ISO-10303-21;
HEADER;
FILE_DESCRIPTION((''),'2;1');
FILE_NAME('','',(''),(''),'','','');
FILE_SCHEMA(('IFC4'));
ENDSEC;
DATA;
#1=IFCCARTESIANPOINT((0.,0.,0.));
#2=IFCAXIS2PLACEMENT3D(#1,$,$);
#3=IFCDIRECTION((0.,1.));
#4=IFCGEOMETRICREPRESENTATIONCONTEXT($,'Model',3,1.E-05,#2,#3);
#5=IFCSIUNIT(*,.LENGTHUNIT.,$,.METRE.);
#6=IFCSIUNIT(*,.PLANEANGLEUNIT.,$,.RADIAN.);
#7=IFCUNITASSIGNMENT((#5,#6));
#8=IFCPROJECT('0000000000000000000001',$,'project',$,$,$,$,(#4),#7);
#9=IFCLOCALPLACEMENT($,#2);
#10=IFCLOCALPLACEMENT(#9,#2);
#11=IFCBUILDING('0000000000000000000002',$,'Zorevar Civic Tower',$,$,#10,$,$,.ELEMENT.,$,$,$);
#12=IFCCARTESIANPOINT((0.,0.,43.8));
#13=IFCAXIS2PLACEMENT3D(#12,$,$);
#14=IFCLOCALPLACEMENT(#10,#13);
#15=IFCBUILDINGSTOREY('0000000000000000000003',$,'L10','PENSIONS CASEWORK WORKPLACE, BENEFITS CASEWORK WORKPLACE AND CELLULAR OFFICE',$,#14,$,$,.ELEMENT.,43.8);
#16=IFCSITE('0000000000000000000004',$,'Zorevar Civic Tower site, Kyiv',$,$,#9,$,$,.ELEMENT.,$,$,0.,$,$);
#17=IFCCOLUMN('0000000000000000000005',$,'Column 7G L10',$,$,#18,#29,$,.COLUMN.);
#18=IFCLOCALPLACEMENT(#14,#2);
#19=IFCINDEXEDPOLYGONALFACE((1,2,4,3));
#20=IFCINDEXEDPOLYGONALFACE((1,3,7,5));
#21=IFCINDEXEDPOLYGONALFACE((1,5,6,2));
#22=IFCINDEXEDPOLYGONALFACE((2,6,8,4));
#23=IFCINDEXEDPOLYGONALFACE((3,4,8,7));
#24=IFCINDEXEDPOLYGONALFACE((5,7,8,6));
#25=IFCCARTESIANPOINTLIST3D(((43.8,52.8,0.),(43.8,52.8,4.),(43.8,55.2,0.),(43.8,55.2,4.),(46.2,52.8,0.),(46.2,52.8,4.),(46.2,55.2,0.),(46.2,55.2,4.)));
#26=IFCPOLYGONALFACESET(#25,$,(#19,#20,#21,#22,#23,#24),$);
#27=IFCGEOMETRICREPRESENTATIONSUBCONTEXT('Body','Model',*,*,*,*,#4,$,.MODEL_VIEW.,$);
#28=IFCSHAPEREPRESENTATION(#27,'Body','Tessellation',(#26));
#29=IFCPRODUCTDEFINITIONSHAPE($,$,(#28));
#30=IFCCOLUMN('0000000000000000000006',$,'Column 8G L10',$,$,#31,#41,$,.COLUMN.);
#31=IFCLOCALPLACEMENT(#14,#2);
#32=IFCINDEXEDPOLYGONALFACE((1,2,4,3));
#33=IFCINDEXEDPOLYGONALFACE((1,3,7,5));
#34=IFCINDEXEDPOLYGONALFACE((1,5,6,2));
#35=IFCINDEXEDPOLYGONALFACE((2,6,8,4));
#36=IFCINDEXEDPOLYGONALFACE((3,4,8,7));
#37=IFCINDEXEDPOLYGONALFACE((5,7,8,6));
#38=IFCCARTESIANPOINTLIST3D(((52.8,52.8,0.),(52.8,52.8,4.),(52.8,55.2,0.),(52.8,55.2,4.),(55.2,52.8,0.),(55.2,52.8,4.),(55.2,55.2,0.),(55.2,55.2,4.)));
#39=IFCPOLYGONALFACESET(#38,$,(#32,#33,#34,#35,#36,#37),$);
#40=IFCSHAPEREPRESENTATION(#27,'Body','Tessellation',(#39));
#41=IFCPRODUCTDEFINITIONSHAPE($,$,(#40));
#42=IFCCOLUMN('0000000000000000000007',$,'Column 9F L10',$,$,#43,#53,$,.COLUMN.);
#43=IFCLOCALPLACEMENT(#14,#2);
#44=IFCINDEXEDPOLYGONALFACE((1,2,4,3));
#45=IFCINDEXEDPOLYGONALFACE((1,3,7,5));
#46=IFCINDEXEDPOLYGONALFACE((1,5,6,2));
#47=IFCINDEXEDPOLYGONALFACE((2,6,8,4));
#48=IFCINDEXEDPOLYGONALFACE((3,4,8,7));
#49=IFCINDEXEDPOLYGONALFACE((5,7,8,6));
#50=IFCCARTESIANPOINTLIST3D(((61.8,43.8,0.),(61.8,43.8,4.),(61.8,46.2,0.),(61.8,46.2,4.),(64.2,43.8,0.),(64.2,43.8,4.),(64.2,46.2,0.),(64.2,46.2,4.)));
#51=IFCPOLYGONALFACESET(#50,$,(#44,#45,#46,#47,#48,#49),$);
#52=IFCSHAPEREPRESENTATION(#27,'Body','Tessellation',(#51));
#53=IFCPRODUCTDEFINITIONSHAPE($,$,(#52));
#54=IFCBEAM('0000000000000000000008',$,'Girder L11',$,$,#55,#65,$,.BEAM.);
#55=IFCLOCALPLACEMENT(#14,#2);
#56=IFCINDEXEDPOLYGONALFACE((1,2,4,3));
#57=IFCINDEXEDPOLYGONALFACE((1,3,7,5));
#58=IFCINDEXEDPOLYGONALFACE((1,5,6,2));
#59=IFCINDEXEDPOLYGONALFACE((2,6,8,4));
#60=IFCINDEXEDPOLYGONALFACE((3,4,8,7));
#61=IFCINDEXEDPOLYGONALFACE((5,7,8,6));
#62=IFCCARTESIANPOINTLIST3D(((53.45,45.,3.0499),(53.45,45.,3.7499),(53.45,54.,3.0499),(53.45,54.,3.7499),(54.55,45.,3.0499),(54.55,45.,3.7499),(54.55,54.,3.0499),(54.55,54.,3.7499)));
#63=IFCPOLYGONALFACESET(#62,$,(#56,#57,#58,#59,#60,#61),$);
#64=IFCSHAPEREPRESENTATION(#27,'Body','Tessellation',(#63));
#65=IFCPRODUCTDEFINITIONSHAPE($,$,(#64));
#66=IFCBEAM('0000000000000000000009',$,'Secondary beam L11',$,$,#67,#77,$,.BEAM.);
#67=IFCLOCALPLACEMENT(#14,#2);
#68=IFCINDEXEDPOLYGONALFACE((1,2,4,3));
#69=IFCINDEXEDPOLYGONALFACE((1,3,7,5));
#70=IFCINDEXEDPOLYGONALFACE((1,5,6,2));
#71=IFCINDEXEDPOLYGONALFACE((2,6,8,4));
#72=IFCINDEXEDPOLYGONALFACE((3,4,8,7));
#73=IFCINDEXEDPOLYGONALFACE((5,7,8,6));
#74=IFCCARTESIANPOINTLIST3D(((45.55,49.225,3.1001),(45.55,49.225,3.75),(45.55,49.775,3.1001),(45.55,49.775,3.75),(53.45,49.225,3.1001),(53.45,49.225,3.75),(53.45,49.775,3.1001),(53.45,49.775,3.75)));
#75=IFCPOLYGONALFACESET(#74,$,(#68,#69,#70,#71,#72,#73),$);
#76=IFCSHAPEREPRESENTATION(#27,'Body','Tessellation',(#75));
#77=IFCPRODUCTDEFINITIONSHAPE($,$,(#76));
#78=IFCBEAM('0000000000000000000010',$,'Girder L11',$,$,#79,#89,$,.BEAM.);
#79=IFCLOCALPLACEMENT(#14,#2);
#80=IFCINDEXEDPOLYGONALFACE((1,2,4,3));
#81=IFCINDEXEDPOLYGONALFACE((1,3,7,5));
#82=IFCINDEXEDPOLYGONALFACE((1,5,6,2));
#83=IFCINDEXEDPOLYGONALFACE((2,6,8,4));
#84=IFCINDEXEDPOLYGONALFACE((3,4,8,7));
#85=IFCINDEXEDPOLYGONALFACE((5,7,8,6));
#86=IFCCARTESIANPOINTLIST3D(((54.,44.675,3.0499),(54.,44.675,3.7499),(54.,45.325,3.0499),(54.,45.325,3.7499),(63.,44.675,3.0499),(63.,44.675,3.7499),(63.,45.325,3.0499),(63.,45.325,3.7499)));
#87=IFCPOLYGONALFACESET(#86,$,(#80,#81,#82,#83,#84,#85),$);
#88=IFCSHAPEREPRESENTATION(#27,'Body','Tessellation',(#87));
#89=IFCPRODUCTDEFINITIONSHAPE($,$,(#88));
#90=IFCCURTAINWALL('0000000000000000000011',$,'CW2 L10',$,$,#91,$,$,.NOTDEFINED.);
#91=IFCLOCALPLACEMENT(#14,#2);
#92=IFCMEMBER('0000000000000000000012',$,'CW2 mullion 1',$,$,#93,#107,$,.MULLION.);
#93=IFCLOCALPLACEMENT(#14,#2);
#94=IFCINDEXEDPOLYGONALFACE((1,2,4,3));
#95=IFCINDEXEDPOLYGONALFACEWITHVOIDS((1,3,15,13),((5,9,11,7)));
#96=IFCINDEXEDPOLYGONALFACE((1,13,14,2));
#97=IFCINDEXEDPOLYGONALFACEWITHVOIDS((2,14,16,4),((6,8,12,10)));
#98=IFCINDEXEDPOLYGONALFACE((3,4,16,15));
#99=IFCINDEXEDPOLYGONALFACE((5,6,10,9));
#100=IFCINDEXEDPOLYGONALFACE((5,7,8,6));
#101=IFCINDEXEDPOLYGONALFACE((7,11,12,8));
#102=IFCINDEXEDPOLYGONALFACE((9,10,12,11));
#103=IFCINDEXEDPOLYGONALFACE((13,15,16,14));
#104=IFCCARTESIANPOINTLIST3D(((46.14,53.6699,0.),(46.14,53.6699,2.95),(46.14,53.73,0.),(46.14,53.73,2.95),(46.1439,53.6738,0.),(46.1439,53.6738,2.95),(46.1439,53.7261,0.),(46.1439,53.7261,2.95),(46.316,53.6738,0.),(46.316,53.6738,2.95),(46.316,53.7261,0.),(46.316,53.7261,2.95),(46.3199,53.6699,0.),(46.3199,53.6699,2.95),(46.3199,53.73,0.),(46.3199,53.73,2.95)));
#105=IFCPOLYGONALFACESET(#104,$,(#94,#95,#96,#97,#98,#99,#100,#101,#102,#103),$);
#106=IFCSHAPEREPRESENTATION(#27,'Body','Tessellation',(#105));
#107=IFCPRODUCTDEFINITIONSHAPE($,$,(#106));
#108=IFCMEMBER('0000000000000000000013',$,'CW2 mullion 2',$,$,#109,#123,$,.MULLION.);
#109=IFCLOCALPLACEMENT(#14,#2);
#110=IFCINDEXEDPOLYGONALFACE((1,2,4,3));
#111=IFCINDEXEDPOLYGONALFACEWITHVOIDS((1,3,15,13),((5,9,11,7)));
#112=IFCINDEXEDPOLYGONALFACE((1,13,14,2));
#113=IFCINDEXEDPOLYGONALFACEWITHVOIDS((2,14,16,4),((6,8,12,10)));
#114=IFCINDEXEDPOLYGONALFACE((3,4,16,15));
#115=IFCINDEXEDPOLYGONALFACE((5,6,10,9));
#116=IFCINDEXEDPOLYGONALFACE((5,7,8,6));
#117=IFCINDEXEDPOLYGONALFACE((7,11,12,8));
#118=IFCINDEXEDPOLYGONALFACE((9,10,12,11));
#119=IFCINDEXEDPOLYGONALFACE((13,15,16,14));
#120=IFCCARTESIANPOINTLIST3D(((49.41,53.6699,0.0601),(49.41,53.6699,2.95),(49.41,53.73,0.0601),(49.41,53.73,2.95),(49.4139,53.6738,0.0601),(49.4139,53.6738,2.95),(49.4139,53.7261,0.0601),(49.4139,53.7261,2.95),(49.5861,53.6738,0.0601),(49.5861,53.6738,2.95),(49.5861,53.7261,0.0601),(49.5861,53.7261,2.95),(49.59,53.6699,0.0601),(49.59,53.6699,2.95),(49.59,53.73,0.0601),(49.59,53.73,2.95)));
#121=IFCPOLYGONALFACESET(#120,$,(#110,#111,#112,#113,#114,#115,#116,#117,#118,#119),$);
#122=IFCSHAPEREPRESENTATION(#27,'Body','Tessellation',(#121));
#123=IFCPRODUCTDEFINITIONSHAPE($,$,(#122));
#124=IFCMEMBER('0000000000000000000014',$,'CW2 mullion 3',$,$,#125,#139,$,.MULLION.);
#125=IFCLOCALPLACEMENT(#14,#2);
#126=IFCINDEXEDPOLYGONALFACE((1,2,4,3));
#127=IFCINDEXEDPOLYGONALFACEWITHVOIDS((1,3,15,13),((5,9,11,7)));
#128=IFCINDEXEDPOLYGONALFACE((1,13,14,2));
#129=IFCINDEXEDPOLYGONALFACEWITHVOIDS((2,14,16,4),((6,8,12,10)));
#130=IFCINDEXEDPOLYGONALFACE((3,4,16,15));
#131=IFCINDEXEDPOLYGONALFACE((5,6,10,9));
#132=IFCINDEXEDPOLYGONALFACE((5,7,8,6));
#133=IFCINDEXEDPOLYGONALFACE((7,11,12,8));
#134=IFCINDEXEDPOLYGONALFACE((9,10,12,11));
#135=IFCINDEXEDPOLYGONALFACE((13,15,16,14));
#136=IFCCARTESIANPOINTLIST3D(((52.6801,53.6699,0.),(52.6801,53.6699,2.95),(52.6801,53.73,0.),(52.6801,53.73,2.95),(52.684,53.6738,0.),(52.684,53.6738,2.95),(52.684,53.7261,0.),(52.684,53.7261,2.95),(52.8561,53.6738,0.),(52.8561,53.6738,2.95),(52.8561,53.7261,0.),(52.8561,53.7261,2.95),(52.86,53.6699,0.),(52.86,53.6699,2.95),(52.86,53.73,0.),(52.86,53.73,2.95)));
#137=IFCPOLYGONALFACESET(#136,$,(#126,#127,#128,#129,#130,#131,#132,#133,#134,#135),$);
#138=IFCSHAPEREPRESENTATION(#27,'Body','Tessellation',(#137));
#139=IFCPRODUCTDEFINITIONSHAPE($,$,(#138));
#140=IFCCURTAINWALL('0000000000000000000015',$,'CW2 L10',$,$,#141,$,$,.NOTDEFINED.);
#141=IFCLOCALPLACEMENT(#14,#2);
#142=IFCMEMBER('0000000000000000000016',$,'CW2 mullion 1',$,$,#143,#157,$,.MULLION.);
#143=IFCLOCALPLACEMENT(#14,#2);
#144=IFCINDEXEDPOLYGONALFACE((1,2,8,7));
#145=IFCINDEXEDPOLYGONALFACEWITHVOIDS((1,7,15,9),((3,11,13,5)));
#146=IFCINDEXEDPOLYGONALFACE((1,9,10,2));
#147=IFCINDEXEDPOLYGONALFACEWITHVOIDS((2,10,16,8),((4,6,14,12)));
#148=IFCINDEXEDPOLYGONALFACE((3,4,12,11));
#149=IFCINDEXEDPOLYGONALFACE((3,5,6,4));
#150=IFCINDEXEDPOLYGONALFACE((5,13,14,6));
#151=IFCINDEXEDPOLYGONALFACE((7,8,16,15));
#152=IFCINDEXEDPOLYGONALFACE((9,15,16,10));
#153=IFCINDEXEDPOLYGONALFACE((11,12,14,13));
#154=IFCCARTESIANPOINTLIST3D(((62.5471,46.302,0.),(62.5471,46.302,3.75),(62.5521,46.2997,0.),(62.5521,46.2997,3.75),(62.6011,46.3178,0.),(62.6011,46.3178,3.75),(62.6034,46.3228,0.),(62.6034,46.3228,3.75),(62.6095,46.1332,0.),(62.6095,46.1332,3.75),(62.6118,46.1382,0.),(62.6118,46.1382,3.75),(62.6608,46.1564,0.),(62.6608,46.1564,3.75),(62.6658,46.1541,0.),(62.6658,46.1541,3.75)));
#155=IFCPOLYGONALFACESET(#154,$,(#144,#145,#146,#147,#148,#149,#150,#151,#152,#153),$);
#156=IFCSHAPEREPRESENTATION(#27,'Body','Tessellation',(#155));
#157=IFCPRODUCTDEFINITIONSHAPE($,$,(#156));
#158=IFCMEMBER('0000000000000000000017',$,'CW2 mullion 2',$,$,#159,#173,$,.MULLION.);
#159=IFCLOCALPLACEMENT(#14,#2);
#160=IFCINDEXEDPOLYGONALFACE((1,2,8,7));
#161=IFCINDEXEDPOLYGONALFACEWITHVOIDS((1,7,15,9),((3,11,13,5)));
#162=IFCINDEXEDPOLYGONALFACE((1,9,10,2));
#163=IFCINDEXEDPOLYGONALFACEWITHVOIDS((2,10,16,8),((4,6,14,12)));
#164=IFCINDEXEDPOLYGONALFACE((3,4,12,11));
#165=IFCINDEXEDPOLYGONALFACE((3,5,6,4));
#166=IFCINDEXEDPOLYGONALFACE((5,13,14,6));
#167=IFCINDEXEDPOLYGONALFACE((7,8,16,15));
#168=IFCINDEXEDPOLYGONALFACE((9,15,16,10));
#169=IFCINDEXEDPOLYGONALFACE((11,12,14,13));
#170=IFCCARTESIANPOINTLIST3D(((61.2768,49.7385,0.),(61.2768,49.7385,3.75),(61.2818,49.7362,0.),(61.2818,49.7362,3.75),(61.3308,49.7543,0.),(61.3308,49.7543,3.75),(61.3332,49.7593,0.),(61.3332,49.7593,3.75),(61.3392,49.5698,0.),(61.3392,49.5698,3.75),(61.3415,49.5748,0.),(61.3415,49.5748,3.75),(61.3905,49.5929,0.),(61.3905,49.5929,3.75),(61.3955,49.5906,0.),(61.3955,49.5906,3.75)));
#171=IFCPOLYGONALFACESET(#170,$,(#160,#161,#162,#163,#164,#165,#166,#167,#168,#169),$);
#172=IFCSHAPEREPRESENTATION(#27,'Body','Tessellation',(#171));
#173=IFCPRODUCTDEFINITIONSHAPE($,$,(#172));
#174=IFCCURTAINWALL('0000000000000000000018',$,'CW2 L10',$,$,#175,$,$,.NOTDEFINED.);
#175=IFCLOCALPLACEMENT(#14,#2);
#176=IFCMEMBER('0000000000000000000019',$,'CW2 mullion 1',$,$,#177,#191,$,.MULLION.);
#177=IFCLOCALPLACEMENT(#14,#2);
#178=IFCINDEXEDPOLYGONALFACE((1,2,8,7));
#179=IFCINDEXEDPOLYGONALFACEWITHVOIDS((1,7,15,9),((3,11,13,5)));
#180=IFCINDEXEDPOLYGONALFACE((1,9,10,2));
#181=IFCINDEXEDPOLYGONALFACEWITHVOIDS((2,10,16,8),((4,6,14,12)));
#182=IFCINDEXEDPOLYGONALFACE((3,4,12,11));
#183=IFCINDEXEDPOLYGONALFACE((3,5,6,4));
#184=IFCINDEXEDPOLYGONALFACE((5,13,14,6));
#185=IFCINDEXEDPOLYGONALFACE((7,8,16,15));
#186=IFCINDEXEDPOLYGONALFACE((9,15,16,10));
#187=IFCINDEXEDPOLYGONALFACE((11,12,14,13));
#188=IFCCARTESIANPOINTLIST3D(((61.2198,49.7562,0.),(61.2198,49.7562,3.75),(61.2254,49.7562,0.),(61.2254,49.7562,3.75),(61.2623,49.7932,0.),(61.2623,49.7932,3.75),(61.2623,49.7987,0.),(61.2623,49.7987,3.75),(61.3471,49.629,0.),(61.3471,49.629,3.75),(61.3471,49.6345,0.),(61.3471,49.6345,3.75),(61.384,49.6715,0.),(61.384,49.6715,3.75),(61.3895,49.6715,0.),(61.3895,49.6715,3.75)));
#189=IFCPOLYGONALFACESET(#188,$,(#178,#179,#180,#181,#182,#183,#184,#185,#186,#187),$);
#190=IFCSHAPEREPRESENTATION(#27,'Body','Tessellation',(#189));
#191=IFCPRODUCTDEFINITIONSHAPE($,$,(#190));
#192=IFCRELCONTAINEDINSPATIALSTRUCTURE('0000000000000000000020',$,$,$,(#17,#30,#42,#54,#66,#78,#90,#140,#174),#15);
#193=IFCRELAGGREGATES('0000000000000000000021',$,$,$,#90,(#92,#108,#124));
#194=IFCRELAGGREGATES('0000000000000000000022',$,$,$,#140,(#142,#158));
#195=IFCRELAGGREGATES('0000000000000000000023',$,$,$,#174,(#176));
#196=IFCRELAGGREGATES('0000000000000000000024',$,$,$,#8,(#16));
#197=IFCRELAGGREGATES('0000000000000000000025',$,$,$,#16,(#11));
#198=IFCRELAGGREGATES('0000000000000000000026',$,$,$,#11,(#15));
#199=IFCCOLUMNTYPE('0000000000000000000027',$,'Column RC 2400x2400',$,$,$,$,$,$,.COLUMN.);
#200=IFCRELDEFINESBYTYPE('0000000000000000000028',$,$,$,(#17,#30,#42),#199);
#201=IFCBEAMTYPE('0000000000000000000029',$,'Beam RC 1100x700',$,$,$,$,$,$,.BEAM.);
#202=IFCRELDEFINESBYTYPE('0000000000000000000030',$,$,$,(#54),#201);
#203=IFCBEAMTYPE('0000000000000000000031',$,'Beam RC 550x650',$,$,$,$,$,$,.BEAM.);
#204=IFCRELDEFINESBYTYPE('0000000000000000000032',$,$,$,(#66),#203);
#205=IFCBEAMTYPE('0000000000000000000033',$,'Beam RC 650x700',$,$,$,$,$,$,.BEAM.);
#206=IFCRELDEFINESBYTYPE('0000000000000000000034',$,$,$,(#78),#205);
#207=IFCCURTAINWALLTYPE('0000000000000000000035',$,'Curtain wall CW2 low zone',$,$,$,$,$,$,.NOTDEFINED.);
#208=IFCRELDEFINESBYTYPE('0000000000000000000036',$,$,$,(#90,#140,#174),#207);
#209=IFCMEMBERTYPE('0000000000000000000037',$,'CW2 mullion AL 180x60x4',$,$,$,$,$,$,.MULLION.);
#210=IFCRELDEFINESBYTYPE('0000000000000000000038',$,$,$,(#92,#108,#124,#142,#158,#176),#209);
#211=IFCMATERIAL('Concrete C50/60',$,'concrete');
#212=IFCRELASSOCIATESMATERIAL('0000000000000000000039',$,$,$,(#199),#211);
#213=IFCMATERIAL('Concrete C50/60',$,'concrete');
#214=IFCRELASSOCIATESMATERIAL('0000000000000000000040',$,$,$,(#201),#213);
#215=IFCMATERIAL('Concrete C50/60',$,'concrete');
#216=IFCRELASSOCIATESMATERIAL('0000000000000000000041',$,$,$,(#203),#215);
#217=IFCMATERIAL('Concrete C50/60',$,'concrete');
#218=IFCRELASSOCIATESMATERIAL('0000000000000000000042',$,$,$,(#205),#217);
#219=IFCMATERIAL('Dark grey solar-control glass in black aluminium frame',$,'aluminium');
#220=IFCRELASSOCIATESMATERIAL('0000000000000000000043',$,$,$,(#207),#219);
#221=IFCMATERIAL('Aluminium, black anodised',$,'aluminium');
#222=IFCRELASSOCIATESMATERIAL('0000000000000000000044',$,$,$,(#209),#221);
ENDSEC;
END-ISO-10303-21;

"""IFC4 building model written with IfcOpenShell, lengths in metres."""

from ifc_helpers import new_model, si_unit, direction, frame, origin, origin_2d, place, context, subcontext, project, spatial, rectangle, hollow_rectangle, extrude, material, material_profile, profile_set, type_object, element, aggregate, save


model = new_model("IFC4")

# Units and contexts
model_context = context("Model", 3, precision=1e-05, world=origin(), true_north=direction((0.0, 1.0)))
body_context = subcontext(model_context, "Body", "Model", "MODEL_VIEW")
ifc_project = project(units=[si_unit("LENGTHUNIT", "METRE"), si_unit("PLANEANGLEUNIT", "RADIAN")], contexts=[model_context])

# Site, building, storey
site_placement = place(None, origin())
site = spatial("IfcSite", under=ifc_project, at=site_placement, Name="Zorevar Civic Tower site, Kyiv", CompositionType="ELEMENT", RefElevation=0.0)
building_placement = place(site_placement, origin())
building = spatial("IfcBuilding", under=site, at=building_placement, Name="Zorevar Civic Tower", CompositionType="ELEMENT")
storey_placement = place(building_placement, frame((0.0, 0.0, 43.8)))
storey = spatial("IfcBuildingStorey", under=building, at=storey_placement, Name="L10", Description="PENSIONS CASEWORK WORKPLACE, BENEFITS CASEWORK WORKPLACE AND CELLULAR OFFICE", CompositionType="ELEMENT", Elevation=43.8)

# Columns
ifc_material_1 = material(Name="Concrete C50/60", Category="concrete")
ifc_material_profile_1 = material_profile(ifc_material_1, rectangle(XDim=2.3999, YDim=2.3999, at=origin_2d()), Name="RC 2400x2400")
ifc_profile_set_1 = profile_set([ifc_material_profile_1], Name="Concrete C50/60")
column_type = type_object("IfcColumnType", Name="Column RC 2400x2400", PredefinedType="COLUMN", material=ifc_profile_set_1)
for number, where, z_axis, x_axis, name in (
    (1, (45.0, 54.0, 0.0), (0.0, 0.0, 1.0), (1.0, 0.0, 0.0), "Column 7G L10"),
    (2, (54.0, 54.0, 0.0), (0.0, 0.0, 1.0), (1.0, 0.0, 0.0), "Column 8G L10"),
    (3, (63.0, 45.0, 0.0), (0.0, 0.0, 1.0), (1.0, 0.0, 0.0), "Column 9F L10"),
):
    element("IfcColumn", number, at=place(storey_placement, frame(where, z_axis=z_axis, x_axis=x_axis)), inside=storey, type_object=column_type, Name=name, PredefinedType="COLUMN", context=body_context, shape_type="SweptSolid", body=[
        extrude(rectangle(XDim=2.3999, YDim=2.3999, at=origin_2d()), origin(), (0.0, 0.0, 1.0), 4.0),
    ])

# Beams
ifc_material_2 = material(Name="Concrete C50/60", Category="concrete")
ifc_material_profile_2 = material_profile(ifc_material_2, rectangle(XDim=1.1001, YDim=0.7, at=origin_2d()), Name="RC 1100x700")
ifc_profile_set_2 = profile_set([ifc_material_profile_2], Name="Concrete C50/60")
beam_type_1 = type_object("IfcBeamType", Name="Beam RC 1100x700", PredefinedType="BEAM", material=ifc_profile_set_2)
beam_1_placement = place(storey_placement, frame((54.0, 45.0, 3.3999), z_axis=(0.0, 1.0, 0.0), x_axis=(-1.0, 0.0, 0.0)))
element("IfcBeam", 4, at=beam_1_placement, inside=storey, type_object=beam_type_1, Name="Girder L11", PredefinedType="BEAM", context=body_context, shape_type="SweptSolid", body=[
    extrude(rectangle(XDim=1.1001, YDim=0.7, at=origin_2d()), origin(), (0.0, 0.0, 1.0), 9.0),
])
ifc_material_3 = material(Name="Concrete C50/60", Category="concrete")
ifc_material_profile_3 = material_profile(ifc_material_3, rectangle(XDim=0.55, YDim=0.6499, at=origin_2d()), Name="RC 550x650")
ifc_profile_set_3 = profile_set([ifc_material_profile_3], Name="Concrete C50/60")
beam_type_2 = type_object("IfcBeamType", Name="Beam RC 550x650", PredefinedType="BEAM", material=ifc_profile_set_3)
beam_2_placement = place(storey_placement, frame((45.55, 49.5, 3.425), z_axis=(1.0, 0.0, 0.0), x_axis=(0.0, 1.0, 0.0)))
element("IfcBeam", 5, at=beam_2_placement, inside=storey, type_object=beam_type_2, Name="Secondary beam L11", PredefinedType="BEAM", context=body_context, shape_type="SweptSolid", body=[
    extrude(rectangle(XDim=0.55, YDim=0.6499, at=origin_2d()), origin(), (0.0, 0.0, 1.0), 7.8999),
])
ifc_material_4 = material(Name="Concrete C50/60", Category="concrete")
ifc_material_profile_4 = material_profile(ifc_material_4, rectangle(XDim=0.6499, YDim=0.7, at=origin_2d()), Name="RC 650x700")
ifc_profile_set_4 = profile_set([ifc_material_profile_4], Name="Concrete C50/60")
beam_type_3 = type_object("IfcBeamType", Name="Beam RC 650x700", PredefinedType="BEAM", material=ifc_profile_set_4)
beam_3_placement = place(storey_placement, frame((54.0, 45.0, 3.3999), z_axis=(1.0, 0.0, 0.0), x_axis=(0.0, 1.0, 0.0)))
element("IfcBeam", 6, at=beam_3_placement, inside=storey, type_object=beam_type_3, Name="Girder L11", PredefinedType="BEAM", context=body_context, shape_type="SweptSolid", body=[
    extrude(rectangle(XDim=0.6499, YDim=0.7, at=origin_2d()), origin(), (0.0, 0.0, 1.0), 9.0),
])

# Curtain walls, members
ifc_material_5 = material(Name="Dark grey solar-control glass in black aluminium frame", Category="aluminium")
curtain_wall_type = type_object("IfcCurtainWallType", Name="Curtain wall CW2 low zone", PredefinedType="NOTDEFINED", material=ifc_material_5)
curtain_wall_1_placement = place(storey_placement, origin())
curtain_wall_1 = element("IfcCurtainWall", 7, at=curtain_wall_1_placement, inside=storey, type_object=curtain_wall_type, Name="CW2 L10", PredefinedType="NOTDEFINED")
ifc_material_6 = material(Name="Aluminium, black anodised", Category="aluminium")
ifc_material_profile_5 = material_profile(ifc_material_6, hollow_rectangle(XDim=0.0601, YDim=0.1799, WallThickness=0.0039, at=origin_2d()), Name="AL 180x60x4")
ifc_profile_set_5 = profile_set([ifc_material_profile_5], Name="Aluminium, black anodised")
member_type_1 = type_object("IfcMemberType", Name="CW2 mullion AL 180x60x4", PredefinedType="MULLION", material=ifc_profile_set_5)
member_1_placement = place(storey_placement, frame((46.23, 53.7, 0.0), z_axis=(0.0, 0.0, 1.0), x_axis=(0.0, 1.0, 0.0)))
member_1 = element("IfcMember", 8, at=member_1_placement, type_object=member_type_1, Name="CW2 mullion 1", PredefinedType="MULLION", context=body_context, shape_type="SweptSolid", body=[
    extrude(hollow_rectangle(XDim=0.0601, YDim=0.1799, WallThickness=0.0039, at=origin_2d()), origin(), (0.0, 0.0, 1.0), 2.95),
])
member_2_placement = place(storey_placement, frame((49.5, 53.7, 0.0601), z_axis=(0.0, 0.0, 1.0), x_axis=(0.0, 1.0, 0.0)))
member_2 = element("IfcMember", 9, at=member_2_placement, type_object=member_type_1, Name="CW2 mullion 2", PredefinedType="MULLION", context=body_context, shape_type="SweptSolid", body=[
    extrude(hollow_rectangle(XDim=0.0601, YDim=0.1799, WallThickness=0.0039, at=origin_2d()), origin(), (0.0, 0.0, 1.0), 2.8899),
])
member_3_placement = place(storey_placement, frame((52.77, 53.7, 0.0), z_axis=(0.0, 0.0, 1.0), x_axis=(0.0, 1.0, 0.0)))
member_3 = element("IfcMember", 10, at=member_3_placement, type_object=member_type_1, Name="CW2 mullion 3", PredefinedType="MULLION", context=body_context, shape_type="SweptSolid", body=[
    extrude(hollow_rectangle(XDim=0.0601, YDim=0.1799, WallThickness=0.0039, at=origin_2d()), origin(), (0.0, 0.0, 1.0), 2.95),
])
curtain_wall_2_placement = place(storey_placement, origin())
curtain_wall_2 = element("IfcCurtainWall", 11, at=curtain_wall_2_placement, inside=storey, type_object=curtain_wall_type, Name="CW2 L10", PredefinedType="NOTDEFINED")
member_4_placement = place(storey_placement, frame((62.6064, 46.228, 0.0), z_axis=(0.0, 0.0, 1.0), x_axis=(-0.937975, -0.346704, 0.0)))
member_4 = element("IfcMember", 12, at=member_4_placement, type_object=member_type_1, Name="CW2 mullion 1", PredefinedType="MULLION", context=body_context, shape_type="SweptSolid", body=[
    extrude(hollow_rectangle(XDim=0.0601, YDim=0.1799, WallThickness=0.0039, at=origin_2d()), origin(), (0.0, 0.0, 1.0), 3.75),
])
member_5_placement = place(storey_placement, frame((61.3362, 49.6646, 0.0), z_axis=(0.0, 0.0, 1.0), x_axis=(-0.937975, -0.346704, 0.0)))
member_5 = element("IfcMember", 13, at=member_5_placement, type_object=member_type_1, Name="CW2 mullion 2", PredefinedType="MULLION", context=body_context, shape_type="SweptSolid", body=[
    extrude(hollow_rectangle(XDim=0.0601, YDim=0.1799, WallThickness=0.0039, at=origin_2d()), origin(), (0.0, 0.0, 1.0), 3.75),
])
curtain_wall_3_placement = place(storey_placement, origin())
curtain_wall_3 = element("IfcCurtainWall", 14, at=curtain_wall_3_placement, inside=storey, type_object=curtain_wall_type, Name="CW2 L10", PredefinedType="NOTDEFINED")
member_6_placement = place(storey_placement, frame((61.3047, 49.7139, 0.0), z_axis=(0.0, 0.0, 1.0), x_axis=(-0.707107, -0.707107, 0.0)))
member_6 = element("IfcMember", 15, at=member_6_placement, type_object=member_type_1, Name="CW2 mullion 1", PredefinedType="MULLION", context=body_context, shape_type="SweptSolid", body=[
    extrude(hollow_rectangle(XDim=0.0601, YDim=0.1799, WallThickness=0.0039, at=origin_2d()), origin(), (0.0, 0.0, 1.0), 3.75),
])

aggregate(curtain_wall_1, [member_1, member_2, member_3])
aggregate(curtain_wall_2, [member_4, member_5])
aggregate(curtain_wall_3, [member_6])

save(model, "model.ifc")
